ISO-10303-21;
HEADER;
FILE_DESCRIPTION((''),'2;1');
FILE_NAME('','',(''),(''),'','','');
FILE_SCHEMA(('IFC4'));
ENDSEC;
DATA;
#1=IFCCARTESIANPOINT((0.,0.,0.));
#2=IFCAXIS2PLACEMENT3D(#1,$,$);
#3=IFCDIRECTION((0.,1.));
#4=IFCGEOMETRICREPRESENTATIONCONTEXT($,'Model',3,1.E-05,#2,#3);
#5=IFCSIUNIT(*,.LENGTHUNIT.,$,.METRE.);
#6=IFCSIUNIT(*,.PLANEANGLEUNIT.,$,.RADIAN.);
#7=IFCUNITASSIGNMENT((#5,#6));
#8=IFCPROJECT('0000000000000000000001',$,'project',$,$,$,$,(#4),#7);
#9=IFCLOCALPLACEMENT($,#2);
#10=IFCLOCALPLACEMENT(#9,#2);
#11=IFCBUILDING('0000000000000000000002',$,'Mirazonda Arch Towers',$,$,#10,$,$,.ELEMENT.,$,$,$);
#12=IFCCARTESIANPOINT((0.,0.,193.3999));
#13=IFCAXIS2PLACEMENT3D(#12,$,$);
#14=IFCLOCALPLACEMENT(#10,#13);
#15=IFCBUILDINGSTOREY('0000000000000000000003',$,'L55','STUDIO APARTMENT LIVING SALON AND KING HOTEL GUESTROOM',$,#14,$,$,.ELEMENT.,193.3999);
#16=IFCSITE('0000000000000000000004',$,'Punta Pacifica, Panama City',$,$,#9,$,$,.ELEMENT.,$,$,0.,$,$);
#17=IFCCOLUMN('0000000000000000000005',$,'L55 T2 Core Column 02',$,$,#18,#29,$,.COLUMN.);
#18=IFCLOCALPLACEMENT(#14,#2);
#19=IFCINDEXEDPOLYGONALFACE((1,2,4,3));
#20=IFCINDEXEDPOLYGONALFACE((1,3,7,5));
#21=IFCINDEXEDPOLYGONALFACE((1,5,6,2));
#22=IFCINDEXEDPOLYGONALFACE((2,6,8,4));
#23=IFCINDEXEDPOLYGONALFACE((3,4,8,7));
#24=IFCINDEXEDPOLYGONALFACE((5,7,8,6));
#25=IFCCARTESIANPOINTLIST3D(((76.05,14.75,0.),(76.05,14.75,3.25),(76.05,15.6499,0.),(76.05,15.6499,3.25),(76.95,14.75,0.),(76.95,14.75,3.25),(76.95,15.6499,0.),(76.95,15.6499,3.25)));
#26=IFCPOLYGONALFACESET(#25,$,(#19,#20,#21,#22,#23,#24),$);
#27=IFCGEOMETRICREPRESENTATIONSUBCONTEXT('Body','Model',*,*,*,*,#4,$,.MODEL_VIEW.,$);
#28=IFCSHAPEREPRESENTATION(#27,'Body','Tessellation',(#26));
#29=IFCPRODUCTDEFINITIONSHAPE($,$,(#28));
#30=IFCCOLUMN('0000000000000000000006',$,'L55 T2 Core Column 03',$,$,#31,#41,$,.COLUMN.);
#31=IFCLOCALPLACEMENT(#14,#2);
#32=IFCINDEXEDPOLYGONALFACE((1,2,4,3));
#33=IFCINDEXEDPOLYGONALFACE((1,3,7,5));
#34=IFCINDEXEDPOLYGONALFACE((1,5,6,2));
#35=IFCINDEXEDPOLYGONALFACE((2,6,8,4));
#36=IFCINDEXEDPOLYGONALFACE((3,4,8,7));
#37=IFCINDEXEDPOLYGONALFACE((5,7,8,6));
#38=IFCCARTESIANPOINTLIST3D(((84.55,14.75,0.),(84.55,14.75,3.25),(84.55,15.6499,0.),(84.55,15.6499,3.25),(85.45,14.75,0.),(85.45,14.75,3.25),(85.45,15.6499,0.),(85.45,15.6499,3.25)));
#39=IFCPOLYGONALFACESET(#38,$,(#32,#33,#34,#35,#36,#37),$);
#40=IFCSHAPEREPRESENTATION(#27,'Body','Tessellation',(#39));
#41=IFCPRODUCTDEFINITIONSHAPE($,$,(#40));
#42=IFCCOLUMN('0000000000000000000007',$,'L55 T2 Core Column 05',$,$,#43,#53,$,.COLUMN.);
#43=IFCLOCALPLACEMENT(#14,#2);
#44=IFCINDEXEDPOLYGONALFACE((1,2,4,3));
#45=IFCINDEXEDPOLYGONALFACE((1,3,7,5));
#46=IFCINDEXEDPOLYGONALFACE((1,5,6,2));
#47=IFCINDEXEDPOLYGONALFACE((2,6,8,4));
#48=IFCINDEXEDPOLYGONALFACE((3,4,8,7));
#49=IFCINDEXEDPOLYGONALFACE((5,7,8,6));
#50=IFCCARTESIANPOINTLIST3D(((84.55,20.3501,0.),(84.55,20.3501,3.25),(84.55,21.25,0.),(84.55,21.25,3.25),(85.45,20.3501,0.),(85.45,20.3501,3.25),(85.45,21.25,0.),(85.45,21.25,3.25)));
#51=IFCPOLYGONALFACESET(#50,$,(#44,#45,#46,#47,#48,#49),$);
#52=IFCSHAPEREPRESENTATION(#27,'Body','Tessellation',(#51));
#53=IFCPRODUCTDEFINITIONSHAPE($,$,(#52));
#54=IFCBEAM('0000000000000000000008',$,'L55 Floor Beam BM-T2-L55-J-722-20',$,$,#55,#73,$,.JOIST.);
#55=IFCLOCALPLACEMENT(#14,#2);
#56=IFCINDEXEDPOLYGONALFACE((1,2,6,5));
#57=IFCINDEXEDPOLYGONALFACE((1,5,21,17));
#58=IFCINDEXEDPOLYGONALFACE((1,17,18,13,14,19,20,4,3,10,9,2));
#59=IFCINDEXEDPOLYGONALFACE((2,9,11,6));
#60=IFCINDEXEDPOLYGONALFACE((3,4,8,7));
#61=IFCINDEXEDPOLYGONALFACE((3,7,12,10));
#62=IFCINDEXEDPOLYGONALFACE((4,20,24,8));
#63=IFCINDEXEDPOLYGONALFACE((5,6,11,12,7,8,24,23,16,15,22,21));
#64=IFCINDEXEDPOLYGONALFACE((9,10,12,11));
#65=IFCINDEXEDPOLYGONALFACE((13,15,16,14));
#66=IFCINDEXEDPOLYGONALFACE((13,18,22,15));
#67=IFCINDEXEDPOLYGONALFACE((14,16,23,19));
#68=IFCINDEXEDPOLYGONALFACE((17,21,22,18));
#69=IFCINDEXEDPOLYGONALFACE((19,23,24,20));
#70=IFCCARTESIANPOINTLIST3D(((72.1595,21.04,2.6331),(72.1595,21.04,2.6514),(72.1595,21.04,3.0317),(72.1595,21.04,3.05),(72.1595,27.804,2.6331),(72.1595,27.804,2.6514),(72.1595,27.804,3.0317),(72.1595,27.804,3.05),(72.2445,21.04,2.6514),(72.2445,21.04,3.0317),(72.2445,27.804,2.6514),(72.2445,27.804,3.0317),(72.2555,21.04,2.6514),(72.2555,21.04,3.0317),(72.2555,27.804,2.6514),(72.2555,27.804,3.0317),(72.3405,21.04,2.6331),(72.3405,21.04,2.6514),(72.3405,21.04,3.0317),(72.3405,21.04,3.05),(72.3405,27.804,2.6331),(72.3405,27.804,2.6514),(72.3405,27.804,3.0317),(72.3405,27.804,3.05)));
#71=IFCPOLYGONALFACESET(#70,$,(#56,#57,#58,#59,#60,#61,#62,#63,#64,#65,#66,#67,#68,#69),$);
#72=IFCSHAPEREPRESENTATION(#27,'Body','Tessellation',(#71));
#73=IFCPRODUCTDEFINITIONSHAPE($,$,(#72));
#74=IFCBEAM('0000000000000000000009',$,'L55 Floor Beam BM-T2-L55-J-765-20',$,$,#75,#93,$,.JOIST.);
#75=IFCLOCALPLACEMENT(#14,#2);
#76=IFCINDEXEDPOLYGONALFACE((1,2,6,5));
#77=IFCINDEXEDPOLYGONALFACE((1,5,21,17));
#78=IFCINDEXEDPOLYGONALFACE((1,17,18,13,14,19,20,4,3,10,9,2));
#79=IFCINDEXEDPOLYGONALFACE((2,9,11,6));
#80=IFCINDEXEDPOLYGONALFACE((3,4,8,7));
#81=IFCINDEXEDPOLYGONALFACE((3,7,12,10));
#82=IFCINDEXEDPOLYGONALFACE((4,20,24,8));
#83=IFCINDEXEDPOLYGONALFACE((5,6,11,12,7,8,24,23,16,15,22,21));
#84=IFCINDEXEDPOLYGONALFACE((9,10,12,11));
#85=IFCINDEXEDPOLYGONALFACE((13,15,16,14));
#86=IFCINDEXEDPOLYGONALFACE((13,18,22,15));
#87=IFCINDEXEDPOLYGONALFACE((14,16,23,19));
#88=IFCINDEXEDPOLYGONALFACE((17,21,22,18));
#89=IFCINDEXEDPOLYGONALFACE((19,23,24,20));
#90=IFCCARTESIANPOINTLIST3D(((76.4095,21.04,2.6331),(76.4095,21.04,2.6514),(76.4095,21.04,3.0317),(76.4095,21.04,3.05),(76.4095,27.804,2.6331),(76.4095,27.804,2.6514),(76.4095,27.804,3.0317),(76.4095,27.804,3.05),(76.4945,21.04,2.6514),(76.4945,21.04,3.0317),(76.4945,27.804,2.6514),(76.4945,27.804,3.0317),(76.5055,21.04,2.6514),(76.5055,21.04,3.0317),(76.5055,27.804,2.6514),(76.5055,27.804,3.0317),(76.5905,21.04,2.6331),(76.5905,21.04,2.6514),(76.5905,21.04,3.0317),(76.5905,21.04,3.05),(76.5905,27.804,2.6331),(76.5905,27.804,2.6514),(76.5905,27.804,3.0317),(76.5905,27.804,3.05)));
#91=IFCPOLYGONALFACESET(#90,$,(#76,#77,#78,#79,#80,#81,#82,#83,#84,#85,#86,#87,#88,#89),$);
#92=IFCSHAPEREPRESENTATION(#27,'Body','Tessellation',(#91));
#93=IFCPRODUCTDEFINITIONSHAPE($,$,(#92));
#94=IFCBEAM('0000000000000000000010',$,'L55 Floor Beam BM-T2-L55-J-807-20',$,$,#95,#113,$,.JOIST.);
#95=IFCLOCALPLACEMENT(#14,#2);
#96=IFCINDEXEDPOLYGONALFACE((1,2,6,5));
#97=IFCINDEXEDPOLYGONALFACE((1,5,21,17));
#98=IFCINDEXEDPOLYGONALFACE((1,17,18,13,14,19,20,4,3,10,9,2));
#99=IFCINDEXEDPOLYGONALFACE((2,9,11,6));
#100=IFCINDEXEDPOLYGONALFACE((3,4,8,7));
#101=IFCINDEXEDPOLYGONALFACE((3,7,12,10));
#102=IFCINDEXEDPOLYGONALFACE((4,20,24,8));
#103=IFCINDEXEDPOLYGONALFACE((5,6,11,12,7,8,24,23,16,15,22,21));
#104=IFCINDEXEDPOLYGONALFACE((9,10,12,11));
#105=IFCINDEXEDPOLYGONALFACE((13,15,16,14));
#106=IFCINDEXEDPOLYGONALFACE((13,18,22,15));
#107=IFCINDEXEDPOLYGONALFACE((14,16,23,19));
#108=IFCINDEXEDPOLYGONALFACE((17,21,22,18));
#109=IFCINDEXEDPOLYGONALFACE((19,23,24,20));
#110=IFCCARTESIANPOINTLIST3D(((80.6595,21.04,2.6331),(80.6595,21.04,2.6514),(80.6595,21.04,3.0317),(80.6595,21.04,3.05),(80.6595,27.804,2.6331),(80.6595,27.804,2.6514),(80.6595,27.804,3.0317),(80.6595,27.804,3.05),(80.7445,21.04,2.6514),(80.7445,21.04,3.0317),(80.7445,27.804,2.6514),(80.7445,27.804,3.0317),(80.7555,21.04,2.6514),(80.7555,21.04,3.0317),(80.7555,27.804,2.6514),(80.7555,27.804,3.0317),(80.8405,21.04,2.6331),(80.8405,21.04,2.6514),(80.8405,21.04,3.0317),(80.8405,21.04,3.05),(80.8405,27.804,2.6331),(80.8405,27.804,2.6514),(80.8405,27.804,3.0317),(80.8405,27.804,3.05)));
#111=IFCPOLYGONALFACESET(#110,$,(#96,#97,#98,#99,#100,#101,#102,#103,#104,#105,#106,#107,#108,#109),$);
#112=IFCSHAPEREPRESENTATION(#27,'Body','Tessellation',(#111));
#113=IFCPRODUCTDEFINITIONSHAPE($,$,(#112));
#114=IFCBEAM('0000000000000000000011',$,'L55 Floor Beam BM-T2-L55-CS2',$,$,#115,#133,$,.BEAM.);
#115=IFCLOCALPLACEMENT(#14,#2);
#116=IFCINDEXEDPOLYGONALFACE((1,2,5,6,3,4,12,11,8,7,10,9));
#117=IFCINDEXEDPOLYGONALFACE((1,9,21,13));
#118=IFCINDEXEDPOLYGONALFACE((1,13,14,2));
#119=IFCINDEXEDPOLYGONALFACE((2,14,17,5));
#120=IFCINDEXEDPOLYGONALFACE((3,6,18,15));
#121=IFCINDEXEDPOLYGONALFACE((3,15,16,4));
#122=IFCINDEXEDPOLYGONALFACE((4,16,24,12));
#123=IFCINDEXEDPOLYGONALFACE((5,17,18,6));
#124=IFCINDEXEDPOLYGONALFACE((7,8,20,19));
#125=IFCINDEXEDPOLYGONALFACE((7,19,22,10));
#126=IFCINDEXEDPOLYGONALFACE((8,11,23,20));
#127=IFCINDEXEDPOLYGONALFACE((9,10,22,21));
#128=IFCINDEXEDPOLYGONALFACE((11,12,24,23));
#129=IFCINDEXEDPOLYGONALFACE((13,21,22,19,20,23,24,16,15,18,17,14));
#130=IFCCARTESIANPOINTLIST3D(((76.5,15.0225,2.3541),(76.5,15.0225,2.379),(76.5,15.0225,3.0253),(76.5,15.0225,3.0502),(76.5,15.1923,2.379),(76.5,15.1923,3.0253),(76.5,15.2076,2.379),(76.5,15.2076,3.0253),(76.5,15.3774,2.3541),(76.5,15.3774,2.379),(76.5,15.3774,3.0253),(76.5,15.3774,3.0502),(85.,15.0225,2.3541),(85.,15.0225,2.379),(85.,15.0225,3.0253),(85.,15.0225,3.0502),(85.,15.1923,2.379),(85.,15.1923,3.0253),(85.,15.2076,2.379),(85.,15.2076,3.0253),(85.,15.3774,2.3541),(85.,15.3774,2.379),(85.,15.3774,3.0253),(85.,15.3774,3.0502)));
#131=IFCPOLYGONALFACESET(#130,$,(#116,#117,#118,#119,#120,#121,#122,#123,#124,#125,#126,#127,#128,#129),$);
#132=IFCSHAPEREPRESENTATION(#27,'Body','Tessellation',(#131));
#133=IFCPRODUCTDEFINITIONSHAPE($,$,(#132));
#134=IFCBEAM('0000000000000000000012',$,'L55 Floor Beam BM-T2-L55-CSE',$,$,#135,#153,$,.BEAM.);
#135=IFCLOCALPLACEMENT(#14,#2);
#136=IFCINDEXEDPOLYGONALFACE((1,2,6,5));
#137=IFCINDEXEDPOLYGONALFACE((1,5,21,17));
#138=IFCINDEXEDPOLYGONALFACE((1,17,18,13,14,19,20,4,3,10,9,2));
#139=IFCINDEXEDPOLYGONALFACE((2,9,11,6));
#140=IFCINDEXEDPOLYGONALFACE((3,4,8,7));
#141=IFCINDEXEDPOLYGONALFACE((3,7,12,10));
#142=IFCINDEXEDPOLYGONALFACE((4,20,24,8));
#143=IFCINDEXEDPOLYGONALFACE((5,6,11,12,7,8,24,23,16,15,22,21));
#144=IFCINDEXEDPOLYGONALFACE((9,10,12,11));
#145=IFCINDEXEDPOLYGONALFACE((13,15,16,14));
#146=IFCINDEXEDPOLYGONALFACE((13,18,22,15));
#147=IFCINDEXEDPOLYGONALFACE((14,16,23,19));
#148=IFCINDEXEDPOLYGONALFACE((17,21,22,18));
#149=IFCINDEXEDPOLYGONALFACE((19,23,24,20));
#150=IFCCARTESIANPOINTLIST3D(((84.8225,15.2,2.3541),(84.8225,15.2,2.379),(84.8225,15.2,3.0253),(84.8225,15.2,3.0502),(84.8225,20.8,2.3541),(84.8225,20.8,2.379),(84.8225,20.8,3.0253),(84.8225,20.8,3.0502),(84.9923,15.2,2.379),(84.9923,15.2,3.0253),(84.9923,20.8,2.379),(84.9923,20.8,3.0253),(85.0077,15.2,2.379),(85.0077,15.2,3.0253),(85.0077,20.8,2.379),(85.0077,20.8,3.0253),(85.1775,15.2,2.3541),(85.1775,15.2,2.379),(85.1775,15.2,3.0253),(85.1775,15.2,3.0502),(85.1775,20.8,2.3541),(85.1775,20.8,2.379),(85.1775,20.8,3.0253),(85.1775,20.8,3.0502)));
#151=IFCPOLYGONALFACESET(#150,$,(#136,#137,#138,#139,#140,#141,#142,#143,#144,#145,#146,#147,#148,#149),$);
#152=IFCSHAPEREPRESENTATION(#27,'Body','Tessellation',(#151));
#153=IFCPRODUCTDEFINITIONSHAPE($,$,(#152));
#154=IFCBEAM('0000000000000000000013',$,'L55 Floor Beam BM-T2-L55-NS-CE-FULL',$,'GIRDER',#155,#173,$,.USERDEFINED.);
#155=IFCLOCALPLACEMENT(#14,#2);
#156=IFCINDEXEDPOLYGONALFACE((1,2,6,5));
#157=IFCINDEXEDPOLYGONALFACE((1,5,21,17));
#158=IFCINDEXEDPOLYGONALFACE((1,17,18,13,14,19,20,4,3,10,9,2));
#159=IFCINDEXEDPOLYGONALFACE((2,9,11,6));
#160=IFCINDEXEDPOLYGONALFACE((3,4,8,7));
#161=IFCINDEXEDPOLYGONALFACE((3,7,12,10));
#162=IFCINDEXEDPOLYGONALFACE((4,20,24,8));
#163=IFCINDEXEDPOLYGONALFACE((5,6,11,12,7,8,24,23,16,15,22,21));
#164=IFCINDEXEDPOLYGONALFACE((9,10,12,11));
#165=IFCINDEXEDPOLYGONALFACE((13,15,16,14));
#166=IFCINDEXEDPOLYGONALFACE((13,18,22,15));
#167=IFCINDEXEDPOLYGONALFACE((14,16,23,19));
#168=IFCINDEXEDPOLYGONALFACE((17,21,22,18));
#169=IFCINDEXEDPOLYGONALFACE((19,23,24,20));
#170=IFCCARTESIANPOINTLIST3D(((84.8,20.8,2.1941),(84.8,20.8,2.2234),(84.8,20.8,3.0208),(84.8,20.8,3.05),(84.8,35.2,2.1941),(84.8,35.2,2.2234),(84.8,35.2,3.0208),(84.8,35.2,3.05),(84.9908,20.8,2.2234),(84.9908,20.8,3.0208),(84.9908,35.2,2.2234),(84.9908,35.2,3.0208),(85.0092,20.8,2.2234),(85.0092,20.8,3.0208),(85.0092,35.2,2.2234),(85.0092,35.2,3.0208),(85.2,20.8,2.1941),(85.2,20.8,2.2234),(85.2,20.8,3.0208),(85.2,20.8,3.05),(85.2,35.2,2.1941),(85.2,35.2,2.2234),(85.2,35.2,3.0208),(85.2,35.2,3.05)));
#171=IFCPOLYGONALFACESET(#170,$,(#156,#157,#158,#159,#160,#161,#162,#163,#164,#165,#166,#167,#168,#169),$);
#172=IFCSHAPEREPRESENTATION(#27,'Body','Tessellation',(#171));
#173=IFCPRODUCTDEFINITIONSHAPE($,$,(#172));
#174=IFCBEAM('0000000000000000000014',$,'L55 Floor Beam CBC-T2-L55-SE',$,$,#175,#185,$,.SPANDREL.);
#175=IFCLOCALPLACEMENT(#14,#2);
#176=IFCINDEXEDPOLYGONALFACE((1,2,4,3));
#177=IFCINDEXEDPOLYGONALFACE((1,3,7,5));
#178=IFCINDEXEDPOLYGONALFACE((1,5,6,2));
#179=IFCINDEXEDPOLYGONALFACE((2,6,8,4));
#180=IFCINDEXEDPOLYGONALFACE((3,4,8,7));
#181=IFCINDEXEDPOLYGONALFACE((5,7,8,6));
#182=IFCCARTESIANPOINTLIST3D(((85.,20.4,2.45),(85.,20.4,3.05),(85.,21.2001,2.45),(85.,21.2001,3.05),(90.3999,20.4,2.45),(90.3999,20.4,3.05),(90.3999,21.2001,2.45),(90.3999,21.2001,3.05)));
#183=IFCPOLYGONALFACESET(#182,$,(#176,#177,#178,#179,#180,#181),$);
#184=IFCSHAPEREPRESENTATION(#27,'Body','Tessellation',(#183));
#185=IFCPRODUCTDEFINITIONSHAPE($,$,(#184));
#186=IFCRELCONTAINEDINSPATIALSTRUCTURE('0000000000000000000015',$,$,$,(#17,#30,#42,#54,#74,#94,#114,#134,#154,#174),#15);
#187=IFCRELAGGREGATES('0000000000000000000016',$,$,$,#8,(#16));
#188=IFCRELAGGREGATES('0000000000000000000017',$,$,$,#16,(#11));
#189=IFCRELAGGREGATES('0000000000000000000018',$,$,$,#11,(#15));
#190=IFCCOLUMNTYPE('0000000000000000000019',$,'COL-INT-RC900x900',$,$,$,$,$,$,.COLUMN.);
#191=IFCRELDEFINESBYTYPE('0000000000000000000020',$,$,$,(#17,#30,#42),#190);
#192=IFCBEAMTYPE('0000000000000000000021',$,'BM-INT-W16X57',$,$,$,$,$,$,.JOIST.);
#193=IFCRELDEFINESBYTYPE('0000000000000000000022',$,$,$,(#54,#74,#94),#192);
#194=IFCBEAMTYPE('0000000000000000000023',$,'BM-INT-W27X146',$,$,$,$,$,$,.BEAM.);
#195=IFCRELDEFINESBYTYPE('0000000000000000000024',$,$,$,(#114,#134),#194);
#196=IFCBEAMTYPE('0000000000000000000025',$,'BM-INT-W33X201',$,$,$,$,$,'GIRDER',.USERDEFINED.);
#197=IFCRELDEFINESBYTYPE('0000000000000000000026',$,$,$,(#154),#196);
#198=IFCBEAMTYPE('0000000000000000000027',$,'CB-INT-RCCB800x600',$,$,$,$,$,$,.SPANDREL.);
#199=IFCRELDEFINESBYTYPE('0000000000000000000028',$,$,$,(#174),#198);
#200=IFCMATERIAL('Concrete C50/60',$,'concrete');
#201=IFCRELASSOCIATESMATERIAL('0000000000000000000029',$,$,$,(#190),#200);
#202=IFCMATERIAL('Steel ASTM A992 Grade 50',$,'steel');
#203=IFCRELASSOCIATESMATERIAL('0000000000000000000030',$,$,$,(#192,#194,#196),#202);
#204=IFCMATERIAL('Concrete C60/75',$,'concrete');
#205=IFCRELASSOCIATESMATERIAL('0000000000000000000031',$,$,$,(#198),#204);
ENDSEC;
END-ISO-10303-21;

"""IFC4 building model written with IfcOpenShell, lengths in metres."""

from ifc_helpers import new_model, si_unit, direction, frame, origin, origin_2d, place, context, subcontext, project, spatial, rectangle, i_section, extrude, material, material_profile, profile_set, type_object, element, save


model = new_model("IFC4")

# Units and contexts
model_context = context("Model", 3, precision=1e-05, world=origin(), true_north=direction((0.0, 1.0)))
body_context = subcontext(model_context, "Body", "Model", "MODEL_VIEW")
ifc_project = project(units=[si_unit("LENGTHUNIT", "METRE"), si_unit("PLANEANGLEUNIT", "RADIAN")], contexts=[model_context])

# Site, building, storey
site_placement = place(None, origin())
site = spatial("IfcSite", under=ifc_project, at=site_placement, Name="Punta Pacifica, Panama City", CompositionType="ELEMENT", RefElevation=0.0)
building_placement = place(site_placement, origin())
building = spatial("IfcBuilding", under=site, at=building_placement, Name="Mirazonda Arch Towers", CompositionType="ELEMENT")
storey_placement = place(building_placement, frame((0.0, 0.0, 193.3999)))
storey = spatial("IfcBuildingStorey", under=building, at=storey_placement, Name="L55", Description="STUDIO APARTMENT LIVING SALON AND KING HOTEL GUESTROOM", CompositionType="ELEMENT", Elevation=193.3999)

# Columns
ifc_material_1 = material(Name="Concrete C50/60", Category="concrete")
ifc_material_profile_1 = material_profile(ifc_material_1, rectangle(XDim=0.8999, YDim=0.8999, at=origin_2d()), Name="RC900x900")
ifc_profile_set_1 = profile_set([ifc_material_profile_1], Name="Concrete C50/60")
column_type = type_object("IfcColumnType", Name="COL-INT-RC900x900", PredefinedType="COLUMN", material=ifc_profile_set_1)
for number, where, z_axis, x_axis, name in (
    (1, (76.5, 15.2, 0.0), (0.0, 0.0, 1.0), (1.0, 0.0, 0.0), "L55 T2 Core Column 02"),
    (2, (85.0, 15.2, 0.0), (0.0, 0.0, 1.0), (1.0, 0.0, 0.0), "L55 T2 Core Column 03"),
    (3, (85.0, 20.8, 0.0), (0.0, 0.0, 1.0), (1.0, 0.0, 0.0), "L55 T2 Core Column 05"),
):
    element("IfcColumn", number, at=place(storey_placement, frame(where, z_axis=z_axis, x_axis=x_axis)), inside=storey, type_object=column_type, Name=name, PredefinedType="COLUMN", context=body_context, shape_type="SweptSolid", body=[
        extrude(rectangle(XDim=0.8999, YDim=0.8999, at=origin_2d()), origin(), (0.0, 0.0, 1.0), 3.25),
    ])

# Beams
ifc_material_2 = material(Name="Steel ASTM A992 Grade 50", Category="steel")
ifc_material_profile_2 = material_profile(ifc_material_2, i_section(OverallWidth=0.1809, OverallDepth=0.417, WebThickness=0.011, FlangeThickness=0.0183, at=origin_2d()), Name="W16X57")
ifc_profile_set_2 = profile_set([ifc_material_profile_2], Name="Steel ASTM A992 Grade 50")
beam_type_1 = type_object("IfcBeamType", Name="BM-INT-W16X57", PredefinedType="JOIST", material=ifc_profile_set_2)
for number, where, z_axis, x_axis, name in (
    (4, (72.25, 21.04, 2.8416), (0.0, 1.0, 0.0), (-1.0, 0.0, 0.0), "L55 Floor Beam BM-T2-L55-J-722-20"),
    (5, (76.5, 21.04, 2.8416), (0.0, 1.0, 0.0), (-1.0, 0.0, 0.0), "L55 Floor Beam BM-T2-L55-J-765-20"),
    (6, (80.75, 21.04, 2.8416), (0.0, 1.0, 0.0), (-1.0, 0.0, 0.0), "L55 Floor Beam BM-T2-L55-J-807-20"),
):
    element("IfcBeam", number, at=place(storey_placement, frame(where, z_axis=z_axis, x_axis=x_axis)), inside=storey, type_object=beam_type_1, Name=name, PredefinedType="JOIST", context=body_context, shape_type="SweptSolid", body=[
        extrude(i_section(OverallWidth=0.1809, OverallDepth=0.417, WebThickness=0.011, FlangeThickness=0.0183, at=origin_2d()), origin(), (0.0, 0.0, 1.0), 6.7639),
    ])
ifc_material_profile_3 = material_profile(ifc_material_2, i_section(OverallWidth=0.355, OverallDepth=0.696, WebThickness=0.0154, FlangeThickness=0.0249, at=origin_2d()), Name="W27X146")
ifc_profile_set_3 = profile_set([ifc_material_profile_3], Name="Steel ASTM A992 Grade 50")
beam_type_2 = type_object("IfcBeamType", Name="BM-INT-W27X146", PredefinedType="BEAM", material=ifc_profile_set_3)
beam_1_placement = place(storey_placement, frame((76.5, 15.2, 2.7021), z_axis=(1.0, 0.0, 0.0), x_axis=(0.0, 1.0, 0.0)))
element("IfcBeam", 7, at=beam_1_placement, inside=storey, type_object=beam_type_2, Name="L55 Floor Beam BM-T2-L55-CS2", PredefinedType="BEAM", context=body_context, shape_type="SweptSolid", body=[
    extrude(i_section(OverallWidth=0.355, OverallDepth=0.696, WebThickness=0.0154, FlangeThickness=0.0249, at=origin_2d()), origin(), (0.0, 0.0, 1.0), 8.5),
])
beam_2_placement = place(storey_placement, frame((85.0, 15.2, 2.7021), z_axis=(0.0, 1.0, 0.0), x_axis=(-1.0, 0.0, 0.0)))
element("IfcBeam", 8, at=beam_2_placement, inside=storey, type_object=beam_type_2, Name="L55 Floor Beam BM-T2-L55-CSE", PredefinedType="BEAM", context=body_context, shape_type="SweptSolid", body=[
    extrude(i_section(OverallWidth=0.355, OverallDepth=0.696, WebThickness=0.0154, FlangeThickness=0.0249, at=origin_2d()), origin(), (0.0, 0.0, 1.0), 5.6001),
])
ifc_material_profile_4 = material_profile(ifc_material_2, i_section(OverallWidth=0.3999, OverallDepth=0.856, WebThickness=0.0183, FlangeThickness=0.0293, at=origin_2d()), Name="W33X201")
ifc_profile_set_4 = profile_set([ifc_material_profile_4], Name="Steel ASTM A992 Grade 50")
beam_type_3 = type_object("IfcBeamType", Name="BM-INT-W33X201", ElementType="GIRDER", PredefinedType="USERDEFINED", material=ifc_profile_set_4)
beam_3_placement = place(storey_placement, frame((85.0, 20.8, 2.6221), z_axis=(0.0, 1.0, 0.0), x_axis=(-1.0, 0.0, 0.0)))
element("IfcBeam", 9, at=beam_3_placement, inside=storey, type_object=beam_type_3, Name="L55 Floor Beam BM-T2-L55-NS-CE-FULL", ObjectType="GIRDER", PredefinedType="USERDEFINED", context=body_context, shape_type="SweptSolid", body=[
    extrude(i_section(OverallWidth=0.3999, OverallDepth=0.856, WebThickness=0.0183, FlangeThickness=0.0293, at=origin_2d()), origin(), (0.0, 0.0, 1.0), 14.3999),
])
ifc_material_3 = material(Name="Concrete C60/75", Category="concrete")
ifc_material_profile_5 = material_profile(ifc_material_3, rectangle(XDim=0.8, YDim=0.6001, at=origin_2d()), Name="RCCB800x600")
ifc_profile_set_5 = profile_set([ifc_material_profile_5], Name="Concrete C60/75")
beam_type_4 = type_object("IfcBeamType", Name="CB-INT-RCCB800x600", PredefinedType="SPANDREL", material=ifc_profile_set_5)
beam_4_placement = place(storey_placement, frame((85.0, 20.8, 2.75), z_axis=(1.0, 0.0, 0.0), x_axis=(0.0, 1.0, 0.0)))
element("IfcBeam", 10, at=beam_4_placement, inside=storey, type_object=beam_type_4, Name="L55 Floor Beam CBC-T2-L55-SE", PredefinedType="SPANDREL", context=body_context, shape_type="SweptSolid", body=[
    extrude(rectangle(XDim=0.8, YDim=0.6001, at=origin_2d()), origin(), (0.0, 0.0, 1.0), 5.3999),
])

save(model, "model.ifc")
